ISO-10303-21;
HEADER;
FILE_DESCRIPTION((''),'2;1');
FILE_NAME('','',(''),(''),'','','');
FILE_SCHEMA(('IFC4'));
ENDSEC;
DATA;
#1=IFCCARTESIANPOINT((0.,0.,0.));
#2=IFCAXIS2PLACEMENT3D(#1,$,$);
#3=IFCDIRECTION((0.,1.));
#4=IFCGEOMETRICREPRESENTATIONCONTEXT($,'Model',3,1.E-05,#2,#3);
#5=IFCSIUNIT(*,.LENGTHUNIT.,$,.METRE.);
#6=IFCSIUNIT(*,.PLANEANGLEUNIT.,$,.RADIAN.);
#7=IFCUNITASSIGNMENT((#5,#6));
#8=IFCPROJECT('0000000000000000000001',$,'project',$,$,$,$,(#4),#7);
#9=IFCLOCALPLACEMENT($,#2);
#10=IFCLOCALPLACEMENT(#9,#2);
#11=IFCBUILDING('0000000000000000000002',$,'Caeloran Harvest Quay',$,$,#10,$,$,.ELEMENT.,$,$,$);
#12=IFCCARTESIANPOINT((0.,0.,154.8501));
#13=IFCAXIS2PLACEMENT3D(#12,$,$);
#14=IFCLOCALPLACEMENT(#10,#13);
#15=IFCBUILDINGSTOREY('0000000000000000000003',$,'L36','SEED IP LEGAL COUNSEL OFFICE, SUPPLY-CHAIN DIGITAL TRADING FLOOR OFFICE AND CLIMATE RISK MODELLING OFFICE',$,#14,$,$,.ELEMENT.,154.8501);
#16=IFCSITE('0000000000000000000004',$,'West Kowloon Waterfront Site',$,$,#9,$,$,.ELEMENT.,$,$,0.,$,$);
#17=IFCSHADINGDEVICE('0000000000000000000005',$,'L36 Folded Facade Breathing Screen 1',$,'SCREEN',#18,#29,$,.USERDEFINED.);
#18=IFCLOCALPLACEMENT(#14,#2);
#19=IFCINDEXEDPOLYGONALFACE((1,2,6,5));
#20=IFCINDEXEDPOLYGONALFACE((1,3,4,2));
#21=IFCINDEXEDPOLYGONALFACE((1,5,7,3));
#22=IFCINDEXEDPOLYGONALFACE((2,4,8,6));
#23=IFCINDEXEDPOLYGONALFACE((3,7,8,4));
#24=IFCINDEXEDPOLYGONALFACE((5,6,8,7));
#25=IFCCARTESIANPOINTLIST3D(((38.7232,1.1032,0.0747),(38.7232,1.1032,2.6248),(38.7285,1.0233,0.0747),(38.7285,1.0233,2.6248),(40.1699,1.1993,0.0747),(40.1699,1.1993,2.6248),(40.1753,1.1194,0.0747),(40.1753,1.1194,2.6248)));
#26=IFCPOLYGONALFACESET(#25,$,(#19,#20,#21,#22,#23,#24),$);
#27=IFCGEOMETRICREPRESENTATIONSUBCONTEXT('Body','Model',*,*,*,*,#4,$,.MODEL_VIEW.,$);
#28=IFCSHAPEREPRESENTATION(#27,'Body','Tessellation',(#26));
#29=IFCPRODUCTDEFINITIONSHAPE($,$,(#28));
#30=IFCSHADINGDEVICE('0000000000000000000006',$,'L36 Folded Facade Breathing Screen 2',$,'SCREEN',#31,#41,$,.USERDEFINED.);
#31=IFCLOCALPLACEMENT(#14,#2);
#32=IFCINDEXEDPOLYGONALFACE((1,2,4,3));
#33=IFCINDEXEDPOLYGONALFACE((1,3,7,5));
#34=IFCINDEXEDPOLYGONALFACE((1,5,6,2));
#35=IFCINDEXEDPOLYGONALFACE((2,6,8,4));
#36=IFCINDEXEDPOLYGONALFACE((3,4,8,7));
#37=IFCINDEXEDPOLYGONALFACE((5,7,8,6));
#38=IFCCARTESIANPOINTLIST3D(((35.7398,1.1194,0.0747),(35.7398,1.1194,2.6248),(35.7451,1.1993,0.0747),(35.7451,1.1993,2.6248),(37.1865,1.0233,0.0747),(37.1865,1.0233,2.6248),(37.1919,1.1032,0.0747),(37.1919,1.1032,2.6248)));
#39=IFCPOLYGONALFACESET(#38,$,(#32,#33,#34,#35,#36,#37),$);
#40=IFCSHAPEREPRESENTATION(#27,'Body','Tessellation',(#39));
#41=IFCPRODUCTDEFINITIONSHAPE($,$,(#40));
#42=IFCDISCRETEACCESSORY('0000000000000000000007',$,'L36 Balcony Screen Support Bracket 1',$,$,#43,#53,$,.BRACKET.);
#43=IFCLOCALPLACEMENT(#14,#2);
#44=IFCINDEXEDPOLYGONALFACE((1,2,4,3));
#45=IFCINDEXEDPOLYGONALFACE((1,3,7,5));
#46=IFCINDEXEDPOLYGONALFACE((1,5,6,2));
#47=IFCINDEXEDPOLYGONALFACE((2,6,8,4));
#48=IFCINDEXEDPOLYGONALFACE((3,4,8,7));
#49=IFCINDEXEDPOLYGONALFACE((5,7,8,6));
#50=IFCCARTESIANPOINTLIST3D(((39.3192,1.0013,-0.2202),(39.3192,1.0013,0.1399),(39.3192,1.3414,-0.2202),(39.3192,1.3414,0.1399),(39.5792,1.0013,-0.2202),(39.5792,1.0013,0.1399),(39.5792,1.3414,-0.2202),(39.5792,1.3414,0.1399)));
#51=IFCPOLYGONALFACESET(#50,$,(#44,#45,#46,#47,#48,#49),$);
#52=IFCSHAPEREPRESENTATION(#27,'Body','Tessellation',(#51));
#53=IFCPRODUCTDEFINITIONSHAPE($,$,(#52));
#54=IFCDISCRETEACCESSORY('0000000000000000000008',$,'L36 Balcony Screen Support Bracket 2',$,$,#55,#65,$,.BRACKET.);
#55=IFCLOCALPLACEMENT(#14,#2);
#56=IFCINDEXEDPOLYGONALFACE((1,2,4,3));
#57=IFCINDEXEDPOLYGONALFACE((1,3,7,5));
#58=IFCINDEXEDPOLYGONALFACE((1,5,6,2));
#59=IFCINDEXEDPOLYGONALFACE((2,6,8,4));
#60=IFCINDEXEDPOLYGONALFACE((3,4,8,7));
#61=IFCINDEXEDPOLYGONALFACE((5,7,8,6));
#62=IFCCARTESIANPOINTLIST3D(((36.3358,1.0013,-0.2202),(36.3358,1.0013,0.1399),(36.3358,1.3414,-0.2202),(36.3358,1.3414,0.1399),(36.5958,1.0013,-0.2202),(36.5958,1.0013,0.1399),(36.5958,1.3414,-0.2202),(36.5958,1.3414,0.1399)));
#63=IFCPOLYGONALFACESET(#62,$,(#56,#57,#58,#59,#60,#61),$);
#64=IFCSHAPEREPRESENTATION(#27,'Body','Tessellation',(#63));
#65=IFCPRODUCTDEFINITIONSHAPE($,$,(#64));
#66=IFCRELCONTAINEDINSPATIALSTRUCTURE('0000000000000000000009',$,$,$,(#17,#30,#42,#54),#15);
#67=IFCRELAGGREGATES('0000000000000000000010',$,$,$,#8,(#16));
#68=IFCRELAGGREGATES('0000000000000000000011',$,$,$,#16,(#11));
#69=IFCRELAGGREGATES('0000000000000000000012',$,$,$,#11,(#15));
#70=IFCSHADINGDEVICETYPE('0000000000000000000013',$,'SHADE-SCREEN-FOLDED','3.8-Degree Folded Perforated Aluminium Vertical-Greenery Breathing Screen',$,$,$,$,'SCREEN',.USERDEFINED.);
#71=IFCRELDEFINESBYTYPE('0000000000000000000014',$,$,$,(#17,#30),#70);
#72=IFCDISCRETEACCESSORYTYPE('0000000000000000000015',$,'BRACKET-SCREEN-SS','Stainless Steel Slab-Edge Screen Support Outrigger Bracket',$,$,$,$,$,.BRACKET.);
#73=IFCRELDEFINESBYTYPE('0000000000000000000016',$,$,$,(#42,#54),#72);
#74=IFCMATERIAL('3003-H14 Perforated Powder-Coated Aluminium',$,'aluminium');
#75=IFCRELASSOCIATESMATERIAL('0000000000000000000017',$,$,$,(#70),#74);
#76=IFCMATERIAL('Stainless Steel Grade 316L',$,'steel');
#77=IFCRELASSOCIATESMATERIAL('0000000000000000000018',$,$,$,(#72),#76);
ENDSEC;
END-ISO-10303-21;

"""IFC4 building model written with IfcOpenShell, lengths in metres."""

from ifc_helpers import new_model, si_unit, direction, frame, origin, origin_2d, place, context, subcontext, project, spatial, rectangle, extrude, material, type_object, element, save


model = new_model("IFC4")

# Units and contexts
model_context = context("Model", 3, precision=1e-05, world=origin(), true_north=direction((0.0, 1.0)))
body_context = subcontext(model_context, "Body", "Model", "MODEL_VIEW")
ifc_project = project(units=[si_unit("LENGTHUNIT", "METRE"), si_unit("PLANEANGLEUNIT", "RADIAN")], contexts=[model_context])

# Site, building, storey
site_placement = place(None, origin())
site = spatial("IfcSite", under=ifc_project, at=site_placement, Name="West Kowloon Waterfront Site", CompositionType="ELEMENT", RefElevation=0.0)
building_placement = place(site_placement, origin())
building = spatial("IfcBuilding", under=site, at=building_placement, Name="Caeloran Harvest Quay", CompositionType="ELEMENT")
storey_placement = place(building_placement, frame((0.0, 0.0, 154.8501)))
storey = spatial("IfcBuildingStorey", under=building, at=storey_placement, Name="L36", Description="SEED IP LEGAL COUNSEL OFFICE, SUPPLY-CHAIN DIGITAL TRADING FLOOR OFFICE AND CLIMATE RISK MODELLING OFFICE", CompositionType="ELEMENT", Elevation=154.8501)

# Shading devices
ifc_material_1 = material(Name="3003-H14 Perforated Powder-Coated Aluminium", Category="aluminium")
shading_device_type = type_object("IfcShadingDeviceType", Name="SHADE-SCREEN-FOLDED", Description="3.8-Degree Folded Perforated Aluminium Vertical-Greenery Breathing Screen", ElementType="SCREEN", PredefinedType="USERDEFINED", material=ifc_material_1)
for number, where, z_axis, x_axis, name in (
    (1, (39.4492, 1.1113, 0.0747), (0.0, 0.0, 1.0), (0.997801, 0.066274, 0.0), "L36 Folded Facade Breathing Screen 1"),
    (2, (36.4658, 1.1113, 0.0747), (0.0, 0.0, 1.0), (0.997801, -0.066274, 0.0), "L36 Folded Facade Breathing Screen 2"),
):
    element("IfcShadingDevice", number, at=place(storey_placement, frame(where, z_axis=z_axis, x_axis=x_axis)), inside=storey, type_object=shading_device_type, Name=name, ObjectType="SCREEN", PredefinedType="USERDEFINED", context=body_context, shape_type="SweptSolid", body=[
        extrude(rectangle(XDim=1.45, YDim=0.0801, at=origin_2d()), origin(), (0.0, 0.0, 1.0), 2.55),
    ])

# Discrete accessories
ifc_material_2 = material(Name="Stainless Steel Grade 316L", Category="steel")
discrete_accessory_type = type_object("IfcDiscreteAccessoryType", Name="BRACKET-SCREEN-SS", Description="Stainless Steel Slab-Edge Screen Support Outrigger Bracket", PredefinedType="BRACKET", material=ifc_material_2)
for number, where, z_axis, x_axis, name in (
    (3, (39.4492, 1.1714, -0.2202), (0.0, 0.0, 1.0), (1.0, 0.0, 0.0), "L36 Balcony Screen Support Bracket 1"),
    (4, (36.4658, 1.1714, -0.2202), (0.0, 0.0, 1.0), (1.0, 0.0, 0.0), "L36 Balcony Screen Support Bracket 2"),
):
    element("IfcDiscreteAccessory", number, at=place(storey_placement, frame(where, z_axis=z_axis, x_axis=x_axis)), inside=storey, type_object=discrete_accessory_type, Name=name, PredefinedType="BRACKET", context=body_context, shape_type="SweptSolid", body=[
        extrude(rectangle(XDim=0.26, YDim=0.3401, at=origin_2d()), origin(), (0.0, 0.0, 1.0), 0.3601),
    ])

save(model, "model.ifc")
